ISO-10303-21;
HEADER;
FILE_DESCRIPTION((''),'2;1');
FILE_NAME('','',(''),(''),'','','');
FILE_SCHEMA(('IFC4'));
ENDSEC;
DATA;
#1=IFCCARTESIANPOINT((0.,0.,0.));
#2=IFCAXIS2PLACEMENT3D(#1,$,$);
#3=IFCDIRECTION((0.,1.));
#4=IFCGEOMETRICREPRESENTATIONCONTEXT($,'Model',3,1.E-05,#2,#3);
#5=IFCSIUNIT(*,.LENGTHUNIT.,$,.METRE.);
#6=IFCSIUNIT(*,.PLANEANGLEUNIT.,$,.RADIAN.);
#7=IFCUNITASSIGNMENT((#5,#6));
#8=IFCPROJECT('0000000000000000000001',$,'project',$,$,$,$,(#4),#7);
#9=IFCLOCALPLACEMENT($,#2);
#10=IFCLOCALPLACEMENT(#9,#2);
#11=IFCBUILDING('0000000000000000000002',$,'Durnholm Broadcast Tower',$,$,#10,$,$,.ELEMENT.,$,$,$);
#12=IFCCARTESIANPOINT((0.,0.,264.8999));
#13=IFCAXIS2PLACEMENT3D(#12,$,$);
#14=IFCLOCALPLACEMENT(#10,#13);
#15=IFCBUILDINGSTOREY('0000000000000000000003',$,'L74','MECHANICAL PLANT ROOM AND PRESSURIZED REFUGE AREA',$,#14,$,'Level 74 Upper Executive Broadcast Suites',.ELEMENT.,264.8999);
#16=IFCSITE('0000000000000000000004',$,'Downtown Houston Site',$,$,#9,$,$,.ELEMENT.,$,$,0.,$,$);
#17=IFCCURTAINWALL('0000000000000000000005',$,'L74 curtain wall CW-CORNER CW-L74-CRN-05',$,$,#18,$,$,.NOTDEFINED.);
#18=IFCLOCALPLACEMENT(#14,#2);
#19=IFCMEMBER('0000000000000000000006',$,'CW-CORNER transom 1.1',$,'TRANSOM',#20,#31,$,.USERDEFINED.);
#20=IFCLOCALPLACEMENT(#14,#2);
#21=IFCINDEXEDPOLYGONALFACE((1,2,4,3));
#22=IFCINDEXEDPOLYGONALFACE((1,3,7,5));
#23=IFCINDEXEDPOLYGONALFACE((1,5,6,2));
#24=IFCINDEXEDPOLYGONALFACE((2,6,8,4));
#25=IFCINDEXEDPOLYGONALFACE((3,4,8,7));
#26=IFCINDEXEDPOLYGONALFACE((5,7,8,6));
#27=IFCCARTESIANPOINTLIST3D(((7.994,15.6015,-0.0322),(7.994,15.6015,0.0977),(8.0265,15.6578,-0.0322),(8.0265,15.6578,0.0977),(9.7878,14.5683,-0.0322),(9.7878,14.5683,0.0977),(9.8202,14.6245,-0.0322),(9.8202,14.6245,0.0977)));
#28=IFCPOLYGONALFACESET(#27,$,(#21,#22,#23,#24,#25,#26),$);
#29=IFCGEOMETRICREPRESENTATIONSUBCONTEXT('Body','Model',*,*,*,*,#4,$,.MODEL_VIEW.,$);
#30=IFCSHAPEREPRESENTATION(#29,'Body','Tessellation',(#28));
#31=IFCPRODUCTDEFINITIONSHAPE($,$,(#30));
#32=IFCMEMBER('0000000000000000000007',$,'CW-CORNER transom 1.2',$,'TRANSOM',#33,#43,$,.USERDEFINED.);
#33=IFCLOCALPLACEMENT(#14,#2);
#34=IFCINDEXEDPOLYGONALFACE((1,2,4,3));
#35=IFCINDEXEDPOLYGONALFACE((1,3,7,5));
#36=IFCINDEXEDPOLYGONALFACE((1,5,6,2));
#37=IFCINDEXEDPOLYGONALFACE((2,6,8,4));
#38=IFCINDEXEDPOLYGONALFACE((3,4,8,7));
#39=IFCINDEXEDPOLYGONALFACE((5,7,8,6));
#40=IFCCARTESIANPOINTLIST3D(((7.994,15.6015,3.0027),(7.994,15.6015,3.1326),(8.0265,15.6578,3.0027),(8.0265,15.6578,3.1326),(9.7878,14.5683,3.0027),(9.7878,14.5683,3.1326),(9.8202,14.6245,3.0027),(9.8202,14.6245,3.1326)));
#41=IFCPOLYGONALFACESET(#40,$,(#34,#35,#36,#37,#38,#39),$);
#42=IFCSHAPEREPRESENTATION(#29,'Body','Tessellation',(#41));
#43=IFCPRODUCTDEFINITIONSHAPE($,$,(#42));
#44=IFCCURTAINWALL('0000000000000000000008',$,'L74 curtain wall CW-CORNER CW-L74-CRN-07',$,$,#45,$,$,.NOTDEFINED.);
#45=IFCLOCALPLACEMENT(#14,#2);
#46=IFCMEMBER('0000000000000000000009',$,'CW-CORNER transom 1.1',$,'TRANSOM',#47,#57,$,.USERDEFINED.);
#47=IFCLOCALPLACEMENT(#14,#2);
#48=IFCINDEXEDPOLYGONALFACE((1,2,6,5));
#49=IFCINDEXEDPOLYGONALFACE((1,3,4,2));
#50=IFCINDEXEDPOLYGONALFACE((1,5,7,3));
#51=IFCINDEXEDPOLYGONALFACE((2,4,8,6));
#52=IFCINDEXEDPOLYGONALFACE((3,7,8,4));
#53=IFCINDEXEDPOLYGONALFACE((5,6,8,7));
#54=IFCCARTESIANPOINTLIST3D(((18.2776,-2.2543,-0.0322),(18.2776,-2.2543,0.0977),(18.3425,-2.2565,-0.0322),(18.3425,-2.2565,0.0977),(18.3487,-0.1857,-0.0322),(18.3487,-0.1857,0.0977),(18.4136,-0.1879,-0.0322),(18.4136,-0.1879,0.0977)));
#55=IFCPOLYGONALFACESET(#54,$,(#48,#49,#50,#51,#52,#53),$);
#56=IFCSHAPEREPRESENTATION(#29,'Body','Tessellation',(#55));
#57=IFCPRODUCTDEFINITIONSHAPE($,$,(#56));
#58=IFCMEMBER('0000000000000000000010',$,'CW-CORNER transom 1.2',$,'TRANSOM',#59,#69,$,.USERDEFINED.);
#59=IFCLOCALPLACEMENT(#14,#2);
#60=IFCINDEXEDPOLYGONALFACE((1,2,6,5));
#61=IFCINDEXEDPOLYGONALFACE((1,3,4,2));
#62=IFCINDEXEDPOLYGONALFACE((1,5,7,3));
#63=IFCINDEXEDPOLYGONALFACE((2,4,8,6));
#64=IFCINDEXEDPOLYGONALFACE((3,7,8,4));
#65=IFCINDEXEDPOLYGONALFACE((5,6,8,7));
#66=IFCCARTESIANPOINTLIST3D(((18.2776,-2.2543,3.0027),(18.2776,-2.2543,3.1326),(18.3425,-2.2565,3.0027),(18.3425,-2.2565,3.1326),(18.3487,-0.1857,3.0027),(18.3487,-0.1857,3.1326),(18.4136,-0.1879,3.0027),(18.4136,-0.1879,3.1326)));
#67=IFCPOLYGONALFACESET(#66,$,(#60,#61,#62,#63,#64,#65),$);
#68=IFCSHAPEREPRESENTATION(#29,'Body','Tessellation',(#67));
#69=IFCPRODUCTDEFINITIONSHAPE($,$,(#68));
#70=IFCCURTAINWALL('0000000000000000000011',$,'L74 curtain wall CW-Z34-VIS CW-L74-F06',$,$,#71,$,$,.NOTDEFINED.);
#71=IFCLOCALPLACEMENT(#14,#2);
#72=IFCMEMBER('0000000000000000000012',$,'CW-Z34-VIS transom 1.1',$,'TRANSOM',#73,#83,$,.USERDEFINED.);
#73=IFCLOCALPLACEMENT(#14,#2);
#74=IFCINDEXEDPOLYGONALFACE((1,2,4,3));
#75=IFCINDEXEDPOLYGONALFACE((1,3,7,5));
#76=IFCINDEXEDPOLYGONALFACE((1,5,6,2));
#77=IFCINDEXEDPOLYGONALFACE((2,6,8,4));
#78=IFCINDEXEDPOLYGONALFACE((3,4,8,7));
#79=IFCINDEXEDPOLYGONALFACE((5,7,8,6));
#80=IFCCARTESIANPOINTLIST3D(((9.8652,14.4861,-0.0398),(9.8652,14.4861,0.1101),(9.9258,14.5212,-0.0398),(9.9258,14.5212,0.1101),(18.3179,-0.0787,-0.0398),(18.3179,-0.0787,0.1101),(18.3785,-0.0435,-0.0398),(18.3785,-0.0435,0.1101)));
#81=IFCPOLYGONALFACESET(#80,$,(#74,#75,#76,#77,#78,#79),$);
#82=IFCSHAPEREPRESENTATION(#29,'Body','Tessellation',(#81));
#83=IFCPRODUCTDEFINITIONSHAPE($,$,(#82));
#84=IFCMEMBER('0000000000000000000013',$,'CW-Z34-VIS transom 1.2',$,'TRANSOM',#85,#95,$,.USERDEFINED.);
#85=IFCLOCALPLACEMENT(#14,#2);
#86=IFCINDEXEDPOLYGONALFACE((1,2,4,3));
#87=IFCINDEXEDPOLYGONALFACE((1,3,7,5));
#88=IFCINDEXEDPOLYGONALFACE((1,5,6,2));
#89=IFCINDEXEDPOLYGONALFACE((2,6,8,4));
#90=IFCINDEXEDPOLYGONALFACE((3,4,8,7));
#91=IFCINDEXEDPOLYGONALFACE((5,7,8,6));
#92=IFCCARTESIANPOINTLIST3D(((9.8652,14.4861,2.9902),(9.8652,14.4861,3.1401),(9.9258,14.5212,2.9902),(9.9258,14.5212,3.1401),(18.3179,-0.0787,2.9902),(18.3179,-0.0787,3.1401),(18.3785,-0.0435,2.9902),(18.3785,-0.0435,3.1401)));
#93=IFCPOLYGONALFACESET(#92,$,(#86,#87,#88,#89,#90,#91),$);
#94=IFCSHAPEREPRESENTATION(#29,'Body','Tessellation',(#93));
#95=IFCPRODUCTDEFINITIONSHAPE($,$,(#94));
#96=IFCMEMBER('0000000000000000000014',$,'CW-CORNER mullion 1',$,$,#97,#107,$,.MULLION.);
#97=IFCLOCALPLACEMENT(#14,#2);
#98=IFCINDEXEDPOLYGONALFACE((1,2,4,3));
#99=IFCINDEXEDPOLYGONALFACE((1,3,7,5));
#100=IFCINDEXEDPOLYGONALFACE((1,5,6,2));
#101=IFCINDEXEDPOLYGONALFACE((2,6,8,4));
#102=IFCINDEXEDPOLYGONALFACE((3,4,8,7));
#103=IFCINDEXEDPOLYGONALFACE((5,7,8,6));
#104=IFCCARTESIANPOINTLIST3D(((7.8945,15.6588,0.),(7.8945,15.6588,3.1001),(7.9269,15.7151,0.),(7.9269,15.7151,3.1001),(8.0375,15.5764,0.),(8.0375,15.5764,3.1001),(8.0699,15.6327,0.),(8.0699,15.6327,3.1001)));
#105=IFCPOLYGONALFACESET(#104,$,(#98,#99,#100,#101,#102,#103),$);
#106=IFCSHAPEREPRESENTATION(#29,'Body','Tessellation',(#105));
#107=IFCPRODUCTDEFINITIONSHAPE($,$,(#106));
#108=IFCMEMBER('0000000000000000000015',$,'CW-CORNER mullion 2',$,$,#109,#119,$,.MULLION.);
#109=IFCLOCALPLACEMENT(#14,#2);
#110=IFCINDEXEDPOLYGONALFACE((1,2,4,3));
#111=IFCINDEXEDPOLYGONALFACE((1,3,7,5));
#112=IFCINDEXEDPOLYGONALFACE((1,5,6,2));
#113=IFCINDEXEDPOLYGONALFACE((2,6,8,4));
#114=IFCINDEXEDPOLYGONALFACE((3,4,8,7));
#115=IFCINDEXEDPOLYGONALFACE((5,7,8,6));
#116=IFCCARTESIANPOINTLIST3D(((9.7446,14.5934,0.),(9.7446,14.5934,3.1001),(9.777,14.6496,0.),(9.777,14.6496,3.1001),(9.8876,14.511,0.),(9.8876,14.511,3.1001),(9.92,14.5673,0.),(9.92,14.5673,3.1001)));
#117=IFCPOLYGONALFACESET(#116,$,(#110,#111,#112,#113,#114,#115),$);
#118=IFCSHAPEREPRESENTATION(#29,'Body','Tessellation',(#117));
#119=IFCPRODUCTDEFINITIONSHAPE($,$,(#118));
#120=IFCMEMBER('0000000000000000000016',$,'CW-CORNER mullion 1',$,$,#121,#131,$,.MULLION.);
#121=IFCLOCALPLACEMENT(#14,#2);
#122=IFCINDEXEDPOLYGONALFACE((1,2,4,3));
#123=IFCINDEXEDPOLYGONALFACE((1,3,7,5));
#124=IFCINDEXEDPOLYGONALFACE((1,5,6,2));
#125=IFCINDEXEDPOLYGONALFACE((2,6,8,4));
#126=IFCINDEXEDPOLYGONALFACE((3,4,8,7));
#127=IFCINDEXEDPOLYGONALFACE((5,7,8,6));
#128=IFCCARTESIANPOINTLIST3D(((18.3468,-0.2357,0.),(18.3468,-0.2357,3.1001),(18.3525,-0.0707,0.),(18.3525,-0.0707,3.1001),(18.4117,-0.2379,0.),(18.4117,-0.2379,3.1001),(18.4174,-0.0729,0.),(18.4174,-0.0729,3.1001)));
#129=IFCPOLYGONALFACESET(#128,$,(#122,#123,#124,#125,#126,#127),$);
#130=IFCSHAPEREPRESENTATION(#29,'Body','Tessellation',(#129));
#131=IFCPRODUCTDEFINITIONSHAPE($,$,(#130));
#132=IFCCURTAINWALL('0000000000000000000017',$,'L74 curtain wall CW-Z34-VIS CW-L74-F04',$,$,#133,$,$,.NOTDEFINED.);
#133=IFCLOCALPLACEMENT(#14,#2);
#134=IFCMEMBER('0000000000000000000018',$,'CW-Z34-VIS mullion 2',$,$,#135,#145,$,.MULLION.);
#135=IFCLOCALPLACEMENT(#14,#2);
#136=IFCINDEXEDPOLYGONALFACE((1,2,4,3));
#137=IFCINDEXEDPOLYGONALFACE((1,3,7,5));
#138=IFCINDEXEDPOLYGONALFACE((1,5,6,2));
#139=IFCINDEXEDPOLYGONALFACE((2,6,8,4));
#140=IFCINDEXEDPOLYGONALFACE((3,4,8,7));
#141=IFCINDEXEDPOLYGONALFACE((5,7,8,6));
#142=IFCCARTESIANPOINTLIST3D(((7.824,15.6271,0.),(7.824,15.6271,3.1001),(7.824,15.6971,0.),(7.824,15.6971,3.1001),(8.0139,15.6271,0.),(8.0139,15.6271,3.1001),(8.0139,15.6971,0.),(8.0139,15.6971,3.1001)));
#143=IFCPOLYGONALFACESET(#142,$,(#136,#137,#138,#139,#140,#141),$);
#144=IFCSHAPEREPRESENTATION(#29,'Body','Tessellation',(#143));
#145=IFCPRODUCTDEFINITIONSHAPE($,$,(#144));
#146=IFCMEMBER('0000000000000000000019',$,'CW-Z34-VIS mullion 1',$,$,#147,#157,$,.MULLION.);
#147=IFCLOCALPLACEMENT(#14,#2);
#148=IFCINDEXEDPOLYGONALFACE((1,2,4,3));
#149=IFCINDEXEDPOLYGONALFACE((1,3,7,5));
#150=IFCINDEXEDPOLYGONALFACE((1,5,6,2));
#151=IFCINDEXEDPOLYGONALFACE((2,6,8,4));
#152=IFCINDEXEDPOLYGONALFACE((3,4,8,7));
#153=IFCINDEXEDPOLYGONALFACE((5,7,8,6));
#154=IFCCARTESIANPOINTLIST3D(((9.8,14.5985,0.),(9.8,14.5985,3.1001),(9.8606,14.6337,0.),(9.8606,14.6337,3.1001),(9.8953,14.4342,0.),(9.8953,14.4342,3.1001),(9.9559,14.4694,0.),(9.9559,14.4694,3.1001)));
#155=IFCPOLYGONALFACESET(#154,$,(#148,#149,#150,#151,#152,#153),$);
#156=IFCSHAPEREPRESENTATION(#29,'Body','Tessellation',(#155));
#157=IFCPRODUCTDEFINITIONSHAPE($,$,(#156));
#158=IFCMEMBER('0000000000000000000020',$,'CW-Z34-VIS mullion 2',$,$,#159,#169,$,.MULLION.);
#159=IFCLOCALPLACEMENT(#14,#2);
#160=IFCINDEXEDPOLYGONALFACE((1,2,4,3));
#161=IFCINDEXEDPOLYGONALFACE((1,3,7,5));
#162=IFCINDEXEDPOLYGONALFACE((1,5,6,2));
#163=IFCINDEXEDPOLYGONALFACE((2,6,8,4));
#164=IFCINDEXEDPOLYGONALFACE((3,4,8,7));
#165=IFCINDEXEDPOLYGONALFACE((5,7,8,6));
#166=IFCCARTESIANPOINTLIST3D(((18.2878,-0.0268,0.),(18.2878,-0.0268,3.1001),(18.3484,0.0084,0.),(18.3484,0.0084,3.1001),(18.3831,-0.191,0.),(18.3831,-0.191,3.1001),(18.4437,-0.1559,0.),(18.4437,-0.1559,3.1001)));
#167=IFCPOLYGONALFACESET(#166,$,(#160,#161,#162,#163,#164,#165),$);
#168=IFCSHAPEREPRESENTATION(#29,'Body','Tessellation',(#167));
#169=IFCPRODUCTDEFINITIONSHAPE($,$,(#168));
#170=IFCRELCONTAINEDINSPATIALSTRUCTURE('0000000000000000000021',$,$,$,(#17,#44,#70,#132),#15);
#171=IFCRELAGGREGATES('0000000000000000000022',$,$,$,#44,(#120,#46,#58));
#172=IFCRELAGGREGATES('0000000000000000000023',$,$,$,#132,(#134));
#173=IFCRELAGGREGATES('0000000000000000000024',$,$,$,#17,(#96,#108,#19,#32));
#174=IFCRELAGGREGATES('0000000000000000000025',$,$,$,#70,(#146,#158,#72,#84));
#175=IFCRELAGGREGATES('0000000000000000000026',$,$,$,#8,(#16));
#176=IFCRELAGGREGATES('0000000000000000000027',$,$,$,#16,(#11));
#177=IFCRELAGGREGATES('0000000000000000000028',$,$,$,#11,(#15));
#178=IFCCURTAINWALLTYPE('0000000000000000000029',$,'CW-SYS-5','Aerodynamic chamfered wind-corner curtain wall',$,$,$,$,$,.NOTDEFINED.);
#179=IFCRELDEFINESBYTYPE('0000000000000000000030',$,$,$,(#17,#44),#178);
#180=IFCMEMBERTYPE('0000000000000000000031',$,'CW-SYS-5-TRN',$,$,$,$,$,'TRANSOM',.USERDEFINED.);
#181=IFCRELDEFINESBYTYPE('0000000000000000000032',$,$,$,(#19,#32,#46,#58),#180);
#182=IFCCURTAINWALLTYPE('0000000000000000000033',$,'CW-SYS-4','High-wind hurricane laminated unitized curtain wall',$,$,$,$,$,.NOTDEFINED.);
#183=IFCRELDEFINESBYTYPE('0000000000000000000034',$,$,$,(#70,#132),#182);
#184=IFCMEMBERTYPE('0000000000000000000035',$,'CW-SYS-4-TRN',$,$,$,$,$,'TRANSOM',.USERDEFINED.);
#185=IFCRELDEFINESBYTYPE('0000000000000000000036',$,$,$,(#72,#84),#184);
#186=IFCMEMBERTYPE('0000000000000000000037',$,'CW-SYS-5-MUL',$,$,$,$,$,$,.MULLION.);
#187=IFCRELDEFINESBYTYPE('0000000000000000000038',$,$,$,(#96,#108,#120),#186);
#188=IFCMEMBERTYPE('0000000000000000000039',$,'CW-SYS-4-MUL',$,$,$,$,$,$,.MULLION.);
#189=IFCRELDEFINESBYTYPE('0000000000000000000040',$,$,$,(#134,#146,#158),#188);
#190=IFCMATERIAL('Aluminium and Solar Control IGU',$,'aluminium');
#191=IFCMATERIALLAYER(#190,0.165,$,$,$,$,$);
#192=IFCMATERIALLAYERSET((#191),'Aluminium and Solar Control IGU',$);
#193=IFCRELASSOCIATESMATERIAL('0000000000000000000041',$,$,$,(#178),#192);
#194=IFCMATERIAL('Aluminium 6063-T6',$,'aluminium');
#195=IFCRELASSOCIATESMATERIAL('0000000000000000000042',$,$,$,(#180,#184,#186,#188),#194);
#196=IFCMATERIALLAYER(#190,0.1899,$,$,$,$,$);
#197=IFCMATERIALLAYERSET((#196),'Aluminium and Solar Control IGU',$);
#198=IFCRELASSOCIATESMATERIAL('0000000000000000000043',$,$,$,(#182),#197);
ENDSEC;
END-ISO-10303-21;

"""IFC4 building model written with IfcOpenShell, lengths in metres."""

from ifc_helpers import new_model, si_unit, direction, frame, origin, origin_2d, place, context, subcontext, project, spatial, rectangle, extrude, source, transform, mapped, material, layer, layer_set, material_profile, profile_set, type_object, type_shapes, element, aggregate, save


model = new_model("IFC4")

# Units and contexts
model_context = context("Model", 3, precision=1e-05, world=origin(), true_north=direction((0.0, 1.0)))
body_context = subcontext(model_context, "Body", "Model", "MODEL_VIEW")
ifc_project = project(units=[si_unit("LENGTHUNIT", "METRE"), si_unit("PLANEANGLEUNIT", "RADIAN")], contexts=[model_context])

# Site, building, storey
site_placement = place(None, origin())
site = spatial("IfcSite", under=ifc_project, at=site_placement, Name="Downtown Houston Site", CompositionType="ELEMENT", RefElevation=0.0)
building_placement = place(site_placement, origin())
building = spatial("IfcBuilding", under=site, at=building_placement, Name="Durnholm Broadcast Tower", CompositionType="ELEMENT")
storey_placement = place(building_placement, frame((0.0, 0.0, 264.8999)))
storey = spatial("IfcBuildingStorey", under=building, at=storey_placement, Name="L74", Description="MECHANICAL PLANT ROOM AND PRESSURIZED REFUGE AREA", LongName="Level 74 Upper Executive Broadcast Suites", CompositionType="ELEMENT", Elevation=264.8999)

# Curtain walls, members
ifc_material_1 = material(Name="Aluminium and Solar Control IGU", Category="aluminium")
ifc_layer_1 = layer(ifc_material_1, 0.165)
ifc_layer_set_1 = layer_set([ifc_layer_1], Name="Aluminium and Solar Control IGU")
curtain_wall_type_1 = type_object("IfcCurtainWallType", Name="CW-SYS-5", Description="Aerodynamic chamfered wind-corner curtain wall", PredefinedType="NOTDEFINED", material=ifc_layer_set_1)
curtain_wall_1_placement = place(storey_placement, origin())
curtain_wall_1 = element("IfcCurtainWall", 1, at=curtain_wall_1_placement, inside=storey, type_object=curtain_wall_type_1, Name="L74 curtain wall CW-CORNER CW-L74-CRN-05", PredefinedType="NOTDEFINED")
ifc_material_2 = material(Name="Aluminium 6063-T6", Category="aluminium")
ifc_material_profile_1 = material_profile(ifc_material_2, rectangle(XDim=0.0649, YDim=0.1299, at=origin_2d()), Name="CWT65X130")
ifc_profile_set_1 = profile_set([ifc_material_profile_1], Name="Aluminium 6063-T6")
member_type_1 = type_object("IfcMemberType", Name="CW-SYS-5-TRN", ElementType="TRANSOM", PredefinedType="USERDEFINED", material=ifc_profile_set_1)
shared_shape_1 = source(origin(), body_context, "Body", "SweptSolid", [
    extrude(rectangle(XDim=0.0649, YDim=0.1299, at=origin_2d()), origin(), (0.0, 0.0, 1.0), 2.0701),
])
member_1_placement = place(storey_placement, frame((8.0103, 15.6296, 0.0327), z_axis=(0.866525, -0.499134, 0.0), x_axis=(0.499134, 0.866525, 0.0)))
member_1 = element("IfcMember", 2, at=member_1_placement, type_object=member_type_1, Name="CW-CORNER transom 1.1", ObjectType="TRANSOM", PredefinedType="USERDEFINED", context=body_context, shape_type="MappedRepresentation", body=[
    mapped(shared_shape_1, transform((0.0, 0.0, 0.0), x_axis=(1.0, 0.0, 0.0), y_axis=(0.0, 1.0, 0.0), z_axis=(0.0, 0.0, 1.0), scale=1.0)),
])
member_2_placement = place(storey_placement, frame((8.0103, 15.6296, 3.0676), z_axis=(0.866525, -0.499134, 0.0), x_axis=(0.499134, 0.866525, 0.0)))
member_2 = element("IfcMember", 3, at=member_2_placement, type_object=member_type_1, Name="CW-CORNER transom 1.2", ObjectType="TRANSOM", PredefinedType="USERDEFINED", context=body_context, shape_type="MappedRepresentation", body=[
    mapped(shared_shape_1, transform((0.0, 0.0, 0.0), x_axis=(1.0, 0.0, 0.0), y_axis=(0.0, 1.0, 0.0), z_axis=(0.0, 0.0, 1.0), scale=1.0)),
])
curtain_wall_2_placement = place(storey_placement, origin())
curtain_wall_2 = element("IfcCurtainWall", 4, at=curtain_wall_2_placement, inside=storey, type_object=curtain_wall_type_1, Name="L74 curtain wall CW-CORNER CW-L74-CRN-07", PredefinedType="NOTDEFINED")
shared_shape_2 = source(origin(), body_context, "Body", "SweptSolid", [
    extrude(rectangle(XDim=0.0649, YDim=0.1299, at=origin_2d()), origin(), (0.0, 0.0, 1.0), 2.0698),
])
type_shapes(member_type_1, [shared_shape_1, shared_shape_2])
member_3_placement = place(storey_placement, frame((18.3811, -0.1868, 0.0327), z_axis=(-0.034324, -0.999411, 0.0), x_axis=(0.999411, -0.034324, 0.0)))
member_3 = element("IfcMember", 5, at=member_3_placement, type_object=member_type_1, Name="CW-CORNER transom 1.1", ObjectType="TRANSOM", PredefinedType="USERDEFINED", context=body_context, shape_type="MappedRepresentation", body=[
    mapped(shared_shape_2, transform((0.0, 0.0, 0.0), x_axis=(1.0, 0.0, 0.0), y_axis=(0.0, 1.0, 0.0), z_axis=(0.0, 0.0, 1.0), scale=1.0)),
])
member_4_placement = place(storey_placement, frame((18.3811, -0.1868, 3.0676), z_axis=(-0.034324, -0.999411, 0.0), x_axis=(0.999411, -0.034324, 0.0)))
member_4 = element("IfcMember", 6, at=member_4_placement, type_object=member_type_1, Name="CW-CORNER transom 1.2", ObjectType="TRANSOM", PredefinedType="USERDEFINED", context=body_context, shape_type="MappedRepresentation", body=[
    mapped(shared_shape_2, transform((0.0, 0.0, 0.0), x_axis=(1.0, 0.0, 0.0), y_axis=(0.0, 1.0, 0.0), z_axis=(0.0, 0.0, 1.0), scale=1.0)),
])
ifc_layer_2 = layer(ifc_material_1, 0.1899)
ifc_layer_set_2 = layer_set([ifc_layer_2], Name="Aluminium and Solar Control IGU")
curtain_wall_type_2 = type_object("IfcCurtainWallType", Name="CW-SYS-4", Description="High-wind hurricane laminated unitized curtain wall", PredefinedType="NOTDEFINED", material=ifc_layer_set_2)
curtain_wall_3_placement = place(storey_placement, origin())
curtain_wall_3 = element("IfcCurtainWall", 7, at=curtain_wall_3_placement, inside=storey, type_object=curtain_wall_type_2, Name="L74 curtain wall CW-Z34-VIS CW-L74-F06", PredefinedType="NOTDEFINED")
ifc_material_profile_2 = material_profile(ifc_material_2, rectangle(XDim=0.0701, YDim=0.1499, at=origin_2d()), Name="CWT70X150")
ifc_profile_set_2 = profile_set([ifc_material_profile_2], Name="Aluminium 6063-T6")
member_type_2 = type_object("IfcMemberType", Name="CW-SYS-4-TRN", ElementType="TRANSOM", PredefinedType="USERDEFINED", material=ifc_profile_set_2)
shared_shape_3 = source(origin(), body_context, "Body", "SweptSolid", [
    extrude(rectangle(XDim=0.0701, YDim=0.1499, at=origin_2d()), origin(), (0.0, 0.0, 1.0), 16.8398),
])
type_shapes(member_type_2, [shared_shape_3])
member_5_placement = place(storey_placement, frame((9.8955, 14.5037, 0.0352), z_axis=(0.501945, -0.864899, 0.0), x_axis=(0.864899, 0.501945, 0.0)))
member_5 = element("IfcMember", 8, at=member_5_placement, type_object=member_type_2, Name="CW-Z34-VIS transom 1.1", ObjectType="TRANSOM", PredefinedType="USERDEFINED", context=body_context, shape_type="MappedRepresentation", body=[
    mapped(shared_shape_3, transform((0.0, 0.0, 0.0), x_axis=(1.0, 0.0, 0.0), y_axis=(0.0, 1.0, 0.0), z_axis=(0.0, 0.0, 1.0), scale=1.0)),
])
member_6_placement = place(storey_placement, frame((9.8955, 14.5037, 3.0652), z_axis=(0.501945, -0.864899, 0.0), x_axis=(0.864899, 0.501945, 0.0)))
member_6 = element("IfcMember", 9, at=member_6_placement, type_object=member_type_2, Name="CW-Z34-VIS transom 1.2", ObjectType="TRANSOM", PredefinedType="USERDEFINED", context=body_context, shape_type="MappedRepresentation", body=[
    mapped(shared_shape_3, transform((0.0, 0.0, 0.0), x_axis=(1.0, 0.0, 0.0), y_axis=(0.0, 1.0, 0.0), z_axis=(0.0, 0.0, 1.0), scale=1.0)),
])

# Members
ifc_material_profile_3 = material_profile(ifc_material_2, rectangle(XDim=0.0649, YDim=0.165, at=origin_2d()), Name="CWM65X165")
ifc_profile_set_3 = profile_set([ifc_material_profile_3], Name="Aluminium 6063-T6")
member_type_3 = type_object("IfcMemberType", Name="CW-SYS-5-MUL", PredefinedType="MULLION", material=ifc_profile_set_3)
shared_shape_4 = source(origin(), body_context, "Body", "SweptSolid", [
    extrude(rectangle(XDim=0.0649, YDim=0.165, at=origin_2d()), origin(), (0.0, 0.0, 1.0), 3.1001),
])
type_shapes(member_type_3, [shared_shape_4])
member_7_placement = place(storey_placement, frame((7.9822, 15.6458, 0.0), z_axis=(0.0, 0.0, 1.0), x_axis=(0.499059, 0.866568, 0.0)))
member_7 = element("IfcMember", 10, at=member_7_placement, type_object=member_type_3, Name="CW-CORNER mullion 1", PredefinedType="MULLION", context=body_context, shape_type="MappedRepresentation", body=[
    mapped(shared_shape_4, transform((0.0, 0.0, 0.0), x_axis=(1.0, 0.0, 0.0), y_axis=(0.0, 1.0, 0.0), z_axis=(0.0, 0.0, 1.0), scale=1.0)),
])
member_8_placement = place(storey_placement, frame((9.8323, 14.5803, 0.0), z_axis=(0.0, 0.0, 1.0), x_axis=(0.499059, 0.866568, 0.0)))
member_8 = element("IfcMember", 11, at=member_8_placement, type_object=member_type_3, Name="CW-CORNER mullion 2", PredefinedType="MULLION", context=body_context, shape_type="MappedRepresentation", body=[
    mapped(shared_shape_4, transform((0.0, 0.0, 0.0), x_axis=(1.0, 0.0, 0.0), y_axis=(0.0, 1.0, 0.0), z_axis=(0.0, 0.0, 1.0), scale=1.0)),
])
member_9_placement = place(storey_placement, frame((18.3821, -0.1543, 0.0), z_axis=(0.0, 0.0, 1.0), x_axis=(0.999411, -0.034318, 0.0)))
member_9 = element("IfcMember", 12, at=member_9_placement, type_object=member_type_3, Name="CW-CORNER mullion 1", PredefinedType="MULLION", context=body_context, shape_type="MappedRepresentation", body=[
    mapped(shared_shape_4, transform((0.0, 0.0, 0.0), x_axis=(1.0, 0.0, 0.0), y_axis=(0.0, 1.0, 0.0), z_axis=(0.0, 0.0, 1.0), scale=1.0)),
])
aggregate(curtain_wall_2, [member_9, member_3, member_4])

# Curtain wall, member
curtain_wall_4_placement = place(storey_placement, origin())
curtain_wall_4 = element("IfcCurtainWall", 13, at=curtain_wall_4_placement, inside=storey, type_object=curtain_wall_type_2, Name="L74 curtain wall CW-Z34-VIS CW-L74-F04", PredefinedType="NOTDEFINED")
ifc_material_profile_4 = material_profile(ifc_material_2, rectangle(XDim=0.0701, YDim=0.1899, at=origin_2d()), Name="CWM70X190")
ifc_profile_set_4 = profile_set([ifc_material_profile_4], Name="Aluminium 6063-T6")
member_type_4 = type_object("IfcMemberType", Name="CW-SYS-4-MUL", PredefinedType="MULLION", material=ifc_profile_set_4)
shared_shape_5 = source(origin(), body_context, "Body", "SweptSolid", [
    extrude(rectangle(XDim=0.0701, YDim=0.1899, at=origin_2d()), origin(), (0.0, 0.0, 1.0), 3.1001),
])
type_shapes(member_type_4, [shared_shape_5])
member_10_placement = place(storey_placement, frame((7.9189, 15.6621, 0.0), z_axis=(0.0, 0.0, 1.0), x_axis=(0.0, 1.0, 0.0)))
member_10 = element("IfcMember", 14, at=member_10_placement, type_object=member_type_4, Name="CW-Z34-VIS mullion 2", PredefinedType="MULLION", context=body_context, shape_type="MappedRepresentation", body=[
    mapped(shared_shape_5, transform((0.0, 0.0, 0.0), x_axis=(1.0, 0.0, 0.0), y_axis=(0.0, 1.0, 0.0), z_axis=(0.0, 0.0, 1.0), scale=1.0)),
])
aggregate(curtain_wall_4, [member_10])

# Members
member_11_placement = place(storey_placement, frame((9.8779, 14.5339, 0.0), z_axis=(0.0, 0.0, 1.0), x_axis=(0.8649, 0.501944, 0.0)))
member_11 = element("IfcMember", 15, at=member_11_placement, type_object=member_type_4, Name="CW-Z34-VIS mullion 1", PredefinedType="MULLION", context=body_context, shape_type="MappedRepresentation", body=[
    mapped(shared_shape_5, transform((0.0, 0.0, 0.0), x_axis=(1.0, 0.0, 0.0), y_axis=(0.0, 1.0, 0.0), z_axis=(0.0, 0.0, 1.0), scale=1.0)),
])
member_12_placement = place(storey_placement, frame((18.3657, -0.0913, 0.0), z_axis=(0.0, 0.0, 1.0), x_axis=(0.8649, 0.501944, 0.0)))
member_12 = element("IfcMember", 16, at=member_12_placement, type_object=member_type_4, Name="CW-Z34-VIS mullion 2", PredefinedType="MULLION", context=body_context, shape_type="MappedRepresentation", body=[
    mapped(shared_shape_5, transform((0.0, 0.0, 0.0), x_axis=(1.0, 0.0, 0.0), y_axis=(0.0, 1.0, 0.0), z_axis=(0.0, 0.0, 1.0), scale=1.0)),
])

aggregate(curtain_wall_1, [member_7, member_8, member_1, member_2])
aggregate(curtain_wall_3, [member_11, member_12, member_5, member_6])

save(model, "model.ifc")
